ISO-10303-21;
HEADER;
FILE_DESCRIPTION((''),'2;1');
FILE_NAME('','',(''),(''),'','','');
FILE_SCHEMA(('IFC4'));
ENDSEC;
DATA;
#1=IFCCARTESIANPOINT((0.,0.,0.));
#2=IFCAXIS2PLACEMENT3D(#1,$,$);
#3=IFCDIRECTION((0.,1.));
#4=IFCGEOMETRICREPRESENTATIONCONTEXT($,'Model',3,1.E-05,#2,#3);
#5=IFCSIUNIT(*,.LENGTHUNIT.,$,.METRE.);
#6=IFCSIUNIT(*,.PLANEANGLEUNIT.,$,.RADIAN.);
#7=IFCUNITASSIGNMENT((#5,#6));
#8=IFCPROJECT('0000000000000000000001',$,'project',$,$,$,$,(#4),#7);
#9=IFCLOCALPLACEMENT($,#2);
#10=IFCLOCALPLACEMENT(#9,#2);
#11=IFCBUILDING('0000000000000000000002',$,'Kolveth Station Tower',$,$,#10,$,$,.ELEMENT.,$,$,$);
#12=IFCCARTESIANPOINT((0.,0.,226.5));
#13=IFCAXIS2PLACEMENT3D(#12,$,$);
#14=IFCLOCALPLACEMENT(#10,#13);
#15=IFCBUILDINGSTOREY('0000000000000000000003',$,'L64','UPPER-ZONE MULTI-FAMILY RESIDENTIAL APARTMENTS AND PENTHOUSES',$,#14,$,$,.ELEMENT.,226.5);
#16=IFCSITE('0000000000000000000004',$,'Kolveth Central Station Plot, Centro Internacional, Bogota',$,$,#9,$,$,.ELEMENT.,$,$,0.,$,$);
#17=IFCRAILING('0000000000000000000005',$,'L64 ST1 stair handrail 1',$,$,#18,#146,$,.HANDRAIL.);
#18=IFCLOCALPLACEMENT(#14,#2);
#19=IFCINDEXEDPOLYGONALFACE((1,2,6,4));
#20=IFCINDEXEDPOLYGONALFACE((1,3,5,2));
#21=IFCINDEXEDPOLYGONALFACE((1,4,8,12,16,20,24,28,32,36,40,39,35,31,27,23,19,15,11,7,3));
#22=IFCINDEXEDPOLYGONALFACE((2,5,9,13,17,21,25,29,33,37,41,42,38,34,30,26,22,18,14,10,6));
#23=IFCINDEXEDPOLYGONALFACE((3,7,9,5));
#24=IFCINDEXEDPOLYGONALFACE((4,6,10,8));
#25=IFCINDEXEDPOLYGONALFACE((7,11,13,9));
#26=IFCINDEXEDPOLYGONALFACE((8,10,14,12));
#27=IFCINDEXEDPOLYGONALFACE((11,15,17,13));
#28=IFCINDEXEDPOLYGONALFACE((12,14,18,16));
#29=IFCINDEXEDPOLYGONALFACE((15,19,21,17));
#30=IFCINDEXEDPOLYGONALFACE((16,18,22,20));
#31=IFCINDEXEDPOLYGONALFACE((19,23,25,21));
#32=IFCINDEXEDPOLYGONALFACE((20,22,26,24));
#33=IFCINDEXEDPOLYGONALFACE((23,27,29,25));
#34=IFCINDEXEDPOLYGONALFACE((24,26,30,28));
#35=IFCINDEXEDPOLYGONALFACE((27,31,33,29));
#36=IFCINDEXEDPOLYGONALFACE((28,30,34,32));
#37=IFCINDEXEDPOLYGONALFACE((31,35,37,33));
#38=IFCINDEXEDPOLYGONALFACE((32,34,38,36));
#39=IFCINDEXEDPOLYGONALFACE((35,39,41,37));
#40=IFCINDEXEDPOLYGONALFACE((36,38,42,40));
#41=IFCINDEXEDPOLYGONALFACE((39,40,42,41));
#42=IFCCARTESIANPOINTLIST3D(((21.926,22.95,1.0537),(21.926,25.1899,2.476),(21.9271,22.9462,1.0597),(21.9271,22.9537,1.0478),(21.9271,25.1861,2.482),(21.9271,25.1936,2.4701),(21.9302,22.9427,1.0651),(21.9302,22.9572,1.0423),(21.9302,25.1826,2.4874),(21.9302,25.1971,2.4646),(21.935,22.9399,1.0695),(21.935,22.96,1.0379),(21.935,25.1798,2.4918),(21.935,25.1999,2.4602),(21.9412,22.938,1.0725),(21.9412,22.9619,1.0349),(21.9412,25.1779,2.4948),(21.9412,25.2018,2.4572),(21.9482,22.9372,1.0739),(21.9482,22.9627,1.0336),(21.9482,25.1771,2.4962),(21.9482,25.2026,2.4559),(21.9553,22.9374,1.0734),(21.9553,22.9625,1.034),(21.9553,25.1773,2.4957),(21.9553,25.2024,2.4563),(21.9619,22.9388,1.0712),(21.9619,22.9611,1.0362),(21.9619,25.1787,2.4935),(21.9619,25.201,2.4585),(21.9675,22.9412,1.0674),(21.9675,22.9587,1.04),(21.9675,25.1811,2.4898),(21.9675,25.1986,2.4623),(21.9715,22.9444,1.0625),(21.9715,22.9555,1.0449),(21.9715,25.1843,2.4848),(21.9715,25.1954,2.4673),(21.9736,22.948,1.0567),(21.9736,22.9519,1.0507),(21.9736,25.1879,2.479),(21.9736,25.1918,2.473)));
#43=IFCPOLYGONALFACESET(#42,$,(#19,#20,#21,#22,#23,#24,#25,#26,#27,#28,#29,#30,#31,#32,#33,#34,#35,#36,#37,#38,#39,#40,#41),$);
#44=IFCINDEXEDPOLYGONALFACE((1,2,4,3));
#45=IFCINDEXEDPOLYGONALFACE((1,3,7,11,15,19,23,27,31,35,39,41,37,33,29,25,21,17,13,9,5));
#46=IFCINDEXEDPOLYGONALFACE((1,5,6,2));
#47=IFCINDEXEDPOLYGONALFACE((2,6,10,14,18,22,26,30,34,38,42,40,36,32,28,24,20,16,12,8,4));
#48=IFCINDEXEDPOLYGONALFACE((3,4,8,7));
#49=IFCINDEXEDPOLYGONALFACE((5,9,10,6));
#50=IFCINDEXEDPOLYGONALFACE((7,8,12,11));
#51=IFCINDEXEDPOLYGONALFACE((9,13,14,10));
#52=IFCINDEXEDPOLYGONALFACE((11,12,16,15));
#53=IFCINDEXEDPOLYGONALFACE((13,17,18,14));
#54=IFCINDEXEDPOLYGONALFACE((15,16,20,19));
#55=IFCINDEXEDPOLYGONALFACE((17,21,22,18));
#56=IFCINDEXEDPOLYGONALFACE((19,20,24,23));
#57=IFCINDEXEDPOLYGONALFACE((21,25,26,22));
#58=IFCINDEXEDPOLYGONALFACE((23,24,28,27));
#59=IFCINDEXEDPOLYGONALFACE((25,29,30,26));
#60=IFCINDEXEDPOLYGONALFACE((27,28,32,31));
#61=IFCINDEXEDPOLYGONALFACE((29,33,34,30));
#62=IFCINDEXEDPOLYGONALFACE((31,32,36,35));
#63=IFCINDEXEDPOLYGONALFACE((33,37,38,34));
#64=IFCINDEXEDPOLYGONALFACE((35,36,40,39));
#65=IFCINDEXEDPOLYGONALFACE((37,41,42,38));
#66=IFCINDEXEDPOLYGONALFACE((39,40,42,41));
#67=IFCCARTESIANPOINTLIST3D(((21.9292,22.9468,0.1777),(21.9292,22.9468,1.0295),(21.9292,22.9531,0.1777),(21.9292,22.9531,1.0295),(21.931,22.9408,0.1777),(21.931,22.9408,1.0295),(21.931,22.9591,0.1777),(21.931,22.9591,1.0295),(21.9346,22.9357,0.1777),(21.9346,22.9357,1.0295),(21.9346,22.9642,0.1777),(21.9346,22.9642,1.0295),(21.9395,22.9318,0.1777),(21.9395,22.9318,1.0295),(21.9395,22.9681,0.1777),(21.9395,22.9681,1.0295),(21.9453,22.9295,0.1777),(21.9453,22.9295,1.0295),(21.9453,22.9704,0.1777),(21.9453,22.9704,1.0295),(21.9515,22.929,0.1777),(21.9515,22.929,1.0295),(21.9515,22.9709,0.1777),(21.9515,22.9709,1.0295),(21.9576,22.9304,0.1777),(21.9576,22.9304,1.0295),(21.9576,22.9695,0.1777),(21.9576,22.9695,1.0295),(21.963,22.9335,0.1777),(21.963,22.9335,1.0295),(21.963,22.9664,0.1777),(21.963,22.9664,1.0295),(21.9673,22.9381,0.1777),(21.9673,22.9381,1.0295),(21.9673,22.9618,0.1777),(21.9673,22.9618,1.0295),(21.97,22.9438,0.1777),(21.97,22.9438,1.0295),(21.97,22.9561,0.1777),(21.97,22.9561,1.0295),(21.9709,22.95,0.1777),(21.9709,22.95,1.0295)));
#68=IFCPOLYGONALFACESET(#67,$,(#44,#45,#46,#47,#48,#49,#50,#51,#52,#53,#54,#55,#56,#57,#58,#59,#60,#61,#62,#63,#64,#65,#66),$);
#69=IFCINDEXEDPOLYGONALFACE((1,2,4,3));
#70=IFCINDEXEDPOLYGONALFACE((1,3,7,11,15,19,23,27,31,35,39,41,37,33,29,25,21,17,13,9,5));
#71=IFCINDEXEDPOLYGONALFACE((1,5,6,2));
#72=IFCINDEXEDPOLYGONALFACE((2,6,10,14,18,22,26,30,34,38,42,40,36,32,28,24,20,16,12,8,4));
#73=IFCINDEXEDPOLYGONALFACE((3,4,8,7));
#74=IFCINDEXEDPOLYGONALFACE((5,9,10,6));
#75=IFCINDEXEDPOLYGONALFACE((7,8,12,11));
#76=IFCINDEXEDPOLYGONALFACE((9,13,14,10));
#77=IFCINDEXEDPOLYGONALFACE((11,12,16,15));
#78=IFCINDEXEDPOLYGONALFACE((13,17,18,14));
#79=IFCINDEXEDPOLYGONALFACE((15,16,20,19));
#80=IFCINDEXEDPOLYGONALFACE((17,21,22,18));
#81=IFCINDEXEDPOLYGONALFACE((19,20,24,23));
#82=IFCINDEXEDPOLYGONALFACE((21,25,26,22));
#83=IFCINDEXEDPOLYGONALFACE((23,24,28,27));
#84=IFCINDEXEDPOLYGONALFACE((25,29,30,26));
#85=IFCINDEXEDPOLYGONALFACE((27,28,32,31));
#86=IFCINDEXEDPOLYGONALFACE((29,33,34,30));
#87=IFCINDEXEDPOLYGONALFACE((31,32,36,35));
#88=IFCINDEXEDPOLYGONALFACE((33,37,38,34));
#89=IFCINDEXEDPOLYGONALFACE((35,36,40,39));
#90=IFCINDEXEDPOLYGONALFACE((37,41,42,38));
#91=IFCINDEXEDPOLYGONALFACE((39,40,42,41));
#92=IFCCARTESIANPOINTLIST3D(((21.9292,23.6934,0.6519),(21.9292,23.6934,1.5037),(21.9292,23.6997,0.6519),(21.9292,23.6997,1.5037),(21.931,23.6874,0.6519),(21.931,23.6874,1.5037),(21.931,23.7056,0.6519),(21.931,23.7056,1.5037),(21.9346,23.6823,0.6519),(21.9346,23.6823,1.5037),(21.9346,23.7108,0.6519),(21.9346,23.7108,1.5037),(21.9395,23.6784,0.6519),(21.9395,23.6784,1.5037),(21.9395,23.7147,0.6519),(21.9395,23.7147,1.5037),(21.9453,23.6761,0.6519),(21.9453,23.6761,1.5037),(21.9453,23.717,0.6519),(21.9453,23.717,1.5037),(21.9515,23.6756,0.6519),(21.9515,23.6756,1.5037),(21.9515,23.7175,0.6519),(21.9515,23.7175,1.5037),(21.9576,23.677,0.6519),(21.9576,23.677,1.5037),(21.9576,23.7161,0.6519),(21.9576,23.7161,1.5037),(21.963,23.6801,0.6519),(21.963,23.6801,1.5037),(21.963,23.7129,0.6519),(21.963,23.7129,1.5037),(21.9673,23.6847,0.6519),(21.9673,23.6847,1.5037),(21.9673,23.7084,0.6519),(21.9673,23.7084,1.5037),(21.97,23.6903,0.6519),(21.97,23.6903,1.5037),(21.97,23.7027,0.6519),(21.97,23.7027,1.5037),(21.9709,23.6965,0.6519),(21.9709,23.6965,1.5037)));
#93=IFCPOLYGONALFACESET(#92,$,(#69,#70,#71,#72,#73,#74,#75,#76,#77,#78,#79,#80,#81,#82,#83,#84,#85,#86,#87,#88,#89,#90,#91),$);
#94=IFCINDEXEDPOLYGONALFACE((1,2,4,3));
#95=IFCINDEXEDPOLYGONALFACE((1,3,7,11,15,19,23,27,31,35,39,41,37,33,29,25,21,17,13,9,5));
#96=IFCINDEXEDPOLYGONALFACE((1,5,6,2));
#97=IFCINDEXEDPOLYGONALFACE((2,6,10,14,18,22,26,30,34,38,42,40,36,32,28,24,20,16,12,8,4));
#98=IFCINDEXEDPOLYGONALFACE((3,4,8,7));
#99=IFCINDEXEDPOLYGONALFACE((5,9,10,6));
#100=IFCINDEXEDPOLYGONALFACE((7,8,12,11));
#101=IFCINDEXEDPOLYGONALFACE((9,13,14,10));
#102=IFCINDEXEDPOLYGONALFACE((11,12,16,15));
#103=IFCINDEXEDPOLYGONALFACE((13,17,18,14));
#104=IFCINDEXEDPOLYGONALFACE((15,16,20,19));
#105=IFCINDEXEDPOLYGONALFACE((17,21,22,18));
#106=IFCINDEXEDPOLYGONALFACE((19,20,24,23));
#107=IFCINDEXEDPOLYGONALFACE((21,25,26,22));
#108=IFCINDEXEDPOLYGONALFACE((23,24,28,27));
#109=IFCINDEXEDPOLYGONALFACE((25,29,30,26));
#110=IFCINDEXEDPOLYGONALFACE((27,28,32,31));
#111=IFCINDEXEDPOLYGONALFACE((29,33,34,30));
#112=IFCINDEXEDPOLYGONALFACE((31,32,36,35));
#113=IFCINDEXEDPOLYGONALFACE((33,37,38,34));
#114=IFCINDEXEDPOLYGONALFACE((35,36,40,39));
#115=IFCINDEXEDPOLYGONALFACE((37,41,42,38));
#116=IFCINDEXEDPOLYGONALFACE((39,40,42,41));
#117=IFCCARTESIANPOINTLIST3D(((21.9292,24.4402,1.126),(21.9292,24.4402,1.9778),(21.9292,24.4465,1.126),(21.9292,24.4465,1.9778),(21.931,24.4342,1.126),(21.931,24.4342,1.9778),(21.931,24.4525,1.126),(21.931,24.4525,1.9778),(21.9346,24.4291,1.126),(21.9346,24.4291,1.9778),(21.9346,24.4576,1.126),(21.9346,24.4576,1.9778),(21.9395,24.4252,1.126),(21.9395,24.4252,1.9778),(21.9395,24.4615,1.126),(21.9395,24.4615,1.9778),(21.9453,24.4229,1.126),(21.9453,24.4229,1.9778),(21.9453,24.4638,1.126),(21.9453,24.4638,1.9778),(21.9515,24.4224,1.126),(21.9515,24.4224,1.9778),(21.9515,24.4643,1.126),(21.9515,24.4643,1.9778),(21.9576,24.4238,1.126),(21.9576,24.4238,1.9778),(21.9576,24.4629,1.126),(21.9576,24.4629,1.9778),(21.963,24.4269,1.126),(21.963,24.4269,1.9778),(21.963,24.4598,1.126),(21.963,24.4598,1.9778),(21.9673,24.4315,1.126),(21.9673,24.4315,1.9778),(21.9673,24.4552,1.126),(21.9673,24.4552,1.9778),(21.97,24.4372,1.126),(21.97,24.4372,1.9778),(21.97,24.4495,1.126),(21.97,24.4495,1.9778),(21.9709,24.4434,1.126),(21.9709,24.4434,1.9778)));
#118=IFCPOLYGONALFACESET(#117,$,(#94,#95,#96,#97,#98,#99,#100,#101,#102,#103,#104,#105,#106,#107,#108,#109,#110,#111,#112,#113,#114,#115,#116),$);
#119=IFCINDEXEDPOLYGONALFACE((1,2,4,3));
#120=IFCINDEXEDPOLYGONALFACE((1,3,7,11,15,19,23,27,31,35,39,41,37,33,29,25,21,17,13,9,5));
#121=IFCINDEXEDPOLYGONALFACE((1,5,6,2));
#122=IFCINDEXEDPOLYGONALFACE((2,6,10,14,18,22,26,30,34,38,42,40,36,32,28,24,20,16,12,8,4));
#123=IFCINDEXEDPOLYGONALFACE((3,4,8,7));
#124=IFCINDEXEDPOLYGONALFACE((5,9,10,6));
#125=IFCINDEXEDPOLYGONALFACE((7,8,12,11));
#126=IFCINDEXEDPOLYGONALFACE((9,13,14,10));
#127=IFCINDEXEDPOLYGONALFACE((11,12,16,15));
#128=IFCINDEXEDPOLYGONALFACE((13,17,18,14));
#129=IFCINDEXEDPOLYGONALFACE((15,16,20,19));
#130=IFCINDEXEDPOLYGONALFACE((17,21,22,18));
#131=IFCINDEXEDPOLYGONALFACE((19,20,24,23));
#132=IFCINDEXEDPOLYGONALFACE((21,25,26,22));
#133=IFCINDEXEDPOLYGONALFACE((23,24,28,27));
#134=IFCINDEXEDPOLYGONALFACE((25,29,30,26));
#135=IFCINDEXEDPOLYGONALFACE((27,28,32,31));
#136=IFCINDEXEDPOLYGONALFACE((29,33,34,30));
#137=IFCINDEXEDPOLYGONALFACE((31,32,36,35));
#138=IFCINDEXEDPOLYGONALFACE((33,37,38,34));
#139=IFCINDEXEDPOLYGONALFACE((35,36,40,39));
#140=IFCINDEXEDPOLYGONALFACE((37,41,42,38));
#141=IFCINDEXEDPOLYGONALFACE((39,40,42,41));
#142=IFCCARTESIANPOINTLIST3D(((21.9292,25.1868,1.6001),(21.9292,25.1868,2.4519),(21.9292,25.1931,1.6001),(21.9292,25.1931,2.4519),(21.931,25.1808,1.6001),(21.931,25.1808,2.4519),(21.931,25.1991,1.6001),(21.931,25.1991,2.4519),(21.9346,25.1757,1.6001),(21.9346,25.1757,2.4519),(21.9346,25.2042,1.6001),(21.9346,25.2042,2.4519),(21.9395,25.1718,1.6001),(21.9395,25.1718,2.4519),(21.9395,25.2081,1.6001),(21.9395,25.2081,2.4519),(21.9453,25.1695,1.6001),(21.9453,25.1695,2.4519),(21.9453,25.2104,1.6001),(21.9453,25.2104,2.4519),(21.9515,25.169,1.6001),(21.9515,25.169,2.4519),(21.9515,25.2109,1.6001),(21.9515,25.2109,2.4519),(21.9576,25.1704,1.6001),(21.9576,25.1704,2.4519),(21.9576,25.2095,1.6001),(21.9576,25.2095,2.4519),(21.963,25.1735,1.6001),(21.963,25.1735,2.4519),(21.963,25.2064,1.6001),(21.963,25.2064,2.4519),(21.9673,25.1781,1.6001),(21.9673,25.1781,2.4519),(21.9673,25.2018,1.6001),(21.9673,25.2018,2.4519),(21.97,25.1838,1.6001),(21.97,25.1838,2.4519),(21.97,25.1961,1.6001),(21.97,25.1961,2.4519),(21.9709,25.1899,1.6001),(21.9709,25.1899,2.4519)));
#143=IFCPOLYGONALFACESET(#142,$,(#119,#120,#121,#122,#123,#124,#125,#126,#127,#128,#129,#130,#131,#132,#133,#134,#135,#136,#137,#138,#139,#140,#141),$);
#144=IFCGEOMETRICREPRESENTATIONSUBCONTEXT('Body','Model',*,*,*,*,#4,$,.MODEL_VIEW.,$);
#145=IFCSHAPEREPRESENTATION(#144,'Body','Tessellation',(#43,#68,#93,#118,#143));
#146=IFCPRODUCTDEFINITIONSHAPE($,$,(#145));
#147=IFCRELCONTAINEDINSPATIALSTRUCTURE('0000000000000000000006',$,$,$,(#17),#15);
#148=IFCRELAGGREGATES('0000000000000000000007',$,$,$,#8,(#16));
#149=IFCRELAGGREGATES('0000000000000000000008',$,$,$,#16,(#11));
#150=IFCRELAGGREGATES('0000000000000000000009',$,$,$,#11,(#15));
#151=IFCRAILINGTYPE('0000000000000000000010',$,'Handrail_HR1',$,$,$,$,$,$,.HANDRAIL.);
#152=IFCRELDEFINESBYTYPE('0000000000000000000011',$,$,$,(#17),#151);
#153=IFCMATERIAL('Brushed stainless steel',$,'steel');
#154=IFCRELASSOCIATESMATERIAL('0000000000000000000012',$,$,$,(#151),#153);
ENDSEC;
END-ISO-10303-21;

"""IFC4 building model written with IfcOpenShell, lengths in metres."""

from ifc_helpers import new_model, si_unit, direction, frame, origin, origin_2d, place, context, subcontext, project, spatial, circle, extrude, material, type_object, element, save


model = new_model("IFC4")

# Units and contexts
model_context = context("Model", 3, precision=1e-05, world=origin(), true_north=direction((0.0, 1.0)))
body_context = subcontext(model_context, "Body", "Model", "MODEL_VIEW")
ifc_project = project(units=[si_unit("LENGTHUNIT", "METRE"), si_unit("PLANEANGLEUNIT", "RADIAN")], contexts=[model_context])

# Site, building, storey
site_placement = place(None, origin())
site = spatial("IfcSite", under=ifc_project, at=site_placement, Name="Kolveth Central Station Plot, Centro Internacional, Bogota", CompositionType="ELEMENT", RefElevation=0.0)
building_placement = place(site_placement, origin())
building = spatial("IfcBuilding", under=site, at=building_placement, Name="Kolveth Station Tower", CompositionType="ELEMENT")
storey_placement = place(building_placement, frame((0.0, 0.0, 226.5)))
storey = spatial("IfcBuildingStorey", under=building, at=storey_placement, Name="L64", Description="UPPER-ZONE MULTI-FAMILY RESIDENTIAL APARTMENTS AND PENTHOUSES", CompositionType="ELEMENT", Elevation=226.5)

# Railing
ifc_material_1 = material(Name="Brushed stainless steel", Category="steel")
railing_type_1 = type_object("IfcRailingType", Name="Handrail_HR1", PredefinedType="HANDRAIL", material=ifc_material_1)
railing_1_placement = place(storey_placement, frame((21.95, 22.95, 0.1777)))
element("IfcRailing", 1, at=railing_1_placement, inside=storey, type_object=railing_type_1, Name="L64 ST1 stair handrail 1", PredefinedType="HANDRAIL", context=body_context, shape_type="SweptSolid", body=[
    extrude(circle(Radius=0.0239, at=origin_2d()), frame((0.0, 0.0, 0.876), z_axis=(0.0, 0.844188, 0.536048), x_axis=(-1.0, 0.0, 0.0)), (0.0, 0.0, 1.0), 2.6533),
    extrude(circle(Radius=0.021, at=origin_2d()), origin(), (0.0, 0.0, 1.0), 0.8518),
    extrude(circle(Radius=0.021, at=origin_2d()), frame((0.0, 0.7466, 0.4741)), (0.0, 0.0, 1.0), 0.8518),
    extrude(circle(Radius=0.021, at=origin_2d()), frame((0.0, 1.4934, 0.9482)), (0.0, 0.0, 1.0), 0.8518),
    extrude(circle(Radius=0.021, at=origin_2d()), frame((0.0, 2.24, 1.4224)), (0.0, 0.0, 1.0), 0.8518),
])

save(model, "model.ifc")
